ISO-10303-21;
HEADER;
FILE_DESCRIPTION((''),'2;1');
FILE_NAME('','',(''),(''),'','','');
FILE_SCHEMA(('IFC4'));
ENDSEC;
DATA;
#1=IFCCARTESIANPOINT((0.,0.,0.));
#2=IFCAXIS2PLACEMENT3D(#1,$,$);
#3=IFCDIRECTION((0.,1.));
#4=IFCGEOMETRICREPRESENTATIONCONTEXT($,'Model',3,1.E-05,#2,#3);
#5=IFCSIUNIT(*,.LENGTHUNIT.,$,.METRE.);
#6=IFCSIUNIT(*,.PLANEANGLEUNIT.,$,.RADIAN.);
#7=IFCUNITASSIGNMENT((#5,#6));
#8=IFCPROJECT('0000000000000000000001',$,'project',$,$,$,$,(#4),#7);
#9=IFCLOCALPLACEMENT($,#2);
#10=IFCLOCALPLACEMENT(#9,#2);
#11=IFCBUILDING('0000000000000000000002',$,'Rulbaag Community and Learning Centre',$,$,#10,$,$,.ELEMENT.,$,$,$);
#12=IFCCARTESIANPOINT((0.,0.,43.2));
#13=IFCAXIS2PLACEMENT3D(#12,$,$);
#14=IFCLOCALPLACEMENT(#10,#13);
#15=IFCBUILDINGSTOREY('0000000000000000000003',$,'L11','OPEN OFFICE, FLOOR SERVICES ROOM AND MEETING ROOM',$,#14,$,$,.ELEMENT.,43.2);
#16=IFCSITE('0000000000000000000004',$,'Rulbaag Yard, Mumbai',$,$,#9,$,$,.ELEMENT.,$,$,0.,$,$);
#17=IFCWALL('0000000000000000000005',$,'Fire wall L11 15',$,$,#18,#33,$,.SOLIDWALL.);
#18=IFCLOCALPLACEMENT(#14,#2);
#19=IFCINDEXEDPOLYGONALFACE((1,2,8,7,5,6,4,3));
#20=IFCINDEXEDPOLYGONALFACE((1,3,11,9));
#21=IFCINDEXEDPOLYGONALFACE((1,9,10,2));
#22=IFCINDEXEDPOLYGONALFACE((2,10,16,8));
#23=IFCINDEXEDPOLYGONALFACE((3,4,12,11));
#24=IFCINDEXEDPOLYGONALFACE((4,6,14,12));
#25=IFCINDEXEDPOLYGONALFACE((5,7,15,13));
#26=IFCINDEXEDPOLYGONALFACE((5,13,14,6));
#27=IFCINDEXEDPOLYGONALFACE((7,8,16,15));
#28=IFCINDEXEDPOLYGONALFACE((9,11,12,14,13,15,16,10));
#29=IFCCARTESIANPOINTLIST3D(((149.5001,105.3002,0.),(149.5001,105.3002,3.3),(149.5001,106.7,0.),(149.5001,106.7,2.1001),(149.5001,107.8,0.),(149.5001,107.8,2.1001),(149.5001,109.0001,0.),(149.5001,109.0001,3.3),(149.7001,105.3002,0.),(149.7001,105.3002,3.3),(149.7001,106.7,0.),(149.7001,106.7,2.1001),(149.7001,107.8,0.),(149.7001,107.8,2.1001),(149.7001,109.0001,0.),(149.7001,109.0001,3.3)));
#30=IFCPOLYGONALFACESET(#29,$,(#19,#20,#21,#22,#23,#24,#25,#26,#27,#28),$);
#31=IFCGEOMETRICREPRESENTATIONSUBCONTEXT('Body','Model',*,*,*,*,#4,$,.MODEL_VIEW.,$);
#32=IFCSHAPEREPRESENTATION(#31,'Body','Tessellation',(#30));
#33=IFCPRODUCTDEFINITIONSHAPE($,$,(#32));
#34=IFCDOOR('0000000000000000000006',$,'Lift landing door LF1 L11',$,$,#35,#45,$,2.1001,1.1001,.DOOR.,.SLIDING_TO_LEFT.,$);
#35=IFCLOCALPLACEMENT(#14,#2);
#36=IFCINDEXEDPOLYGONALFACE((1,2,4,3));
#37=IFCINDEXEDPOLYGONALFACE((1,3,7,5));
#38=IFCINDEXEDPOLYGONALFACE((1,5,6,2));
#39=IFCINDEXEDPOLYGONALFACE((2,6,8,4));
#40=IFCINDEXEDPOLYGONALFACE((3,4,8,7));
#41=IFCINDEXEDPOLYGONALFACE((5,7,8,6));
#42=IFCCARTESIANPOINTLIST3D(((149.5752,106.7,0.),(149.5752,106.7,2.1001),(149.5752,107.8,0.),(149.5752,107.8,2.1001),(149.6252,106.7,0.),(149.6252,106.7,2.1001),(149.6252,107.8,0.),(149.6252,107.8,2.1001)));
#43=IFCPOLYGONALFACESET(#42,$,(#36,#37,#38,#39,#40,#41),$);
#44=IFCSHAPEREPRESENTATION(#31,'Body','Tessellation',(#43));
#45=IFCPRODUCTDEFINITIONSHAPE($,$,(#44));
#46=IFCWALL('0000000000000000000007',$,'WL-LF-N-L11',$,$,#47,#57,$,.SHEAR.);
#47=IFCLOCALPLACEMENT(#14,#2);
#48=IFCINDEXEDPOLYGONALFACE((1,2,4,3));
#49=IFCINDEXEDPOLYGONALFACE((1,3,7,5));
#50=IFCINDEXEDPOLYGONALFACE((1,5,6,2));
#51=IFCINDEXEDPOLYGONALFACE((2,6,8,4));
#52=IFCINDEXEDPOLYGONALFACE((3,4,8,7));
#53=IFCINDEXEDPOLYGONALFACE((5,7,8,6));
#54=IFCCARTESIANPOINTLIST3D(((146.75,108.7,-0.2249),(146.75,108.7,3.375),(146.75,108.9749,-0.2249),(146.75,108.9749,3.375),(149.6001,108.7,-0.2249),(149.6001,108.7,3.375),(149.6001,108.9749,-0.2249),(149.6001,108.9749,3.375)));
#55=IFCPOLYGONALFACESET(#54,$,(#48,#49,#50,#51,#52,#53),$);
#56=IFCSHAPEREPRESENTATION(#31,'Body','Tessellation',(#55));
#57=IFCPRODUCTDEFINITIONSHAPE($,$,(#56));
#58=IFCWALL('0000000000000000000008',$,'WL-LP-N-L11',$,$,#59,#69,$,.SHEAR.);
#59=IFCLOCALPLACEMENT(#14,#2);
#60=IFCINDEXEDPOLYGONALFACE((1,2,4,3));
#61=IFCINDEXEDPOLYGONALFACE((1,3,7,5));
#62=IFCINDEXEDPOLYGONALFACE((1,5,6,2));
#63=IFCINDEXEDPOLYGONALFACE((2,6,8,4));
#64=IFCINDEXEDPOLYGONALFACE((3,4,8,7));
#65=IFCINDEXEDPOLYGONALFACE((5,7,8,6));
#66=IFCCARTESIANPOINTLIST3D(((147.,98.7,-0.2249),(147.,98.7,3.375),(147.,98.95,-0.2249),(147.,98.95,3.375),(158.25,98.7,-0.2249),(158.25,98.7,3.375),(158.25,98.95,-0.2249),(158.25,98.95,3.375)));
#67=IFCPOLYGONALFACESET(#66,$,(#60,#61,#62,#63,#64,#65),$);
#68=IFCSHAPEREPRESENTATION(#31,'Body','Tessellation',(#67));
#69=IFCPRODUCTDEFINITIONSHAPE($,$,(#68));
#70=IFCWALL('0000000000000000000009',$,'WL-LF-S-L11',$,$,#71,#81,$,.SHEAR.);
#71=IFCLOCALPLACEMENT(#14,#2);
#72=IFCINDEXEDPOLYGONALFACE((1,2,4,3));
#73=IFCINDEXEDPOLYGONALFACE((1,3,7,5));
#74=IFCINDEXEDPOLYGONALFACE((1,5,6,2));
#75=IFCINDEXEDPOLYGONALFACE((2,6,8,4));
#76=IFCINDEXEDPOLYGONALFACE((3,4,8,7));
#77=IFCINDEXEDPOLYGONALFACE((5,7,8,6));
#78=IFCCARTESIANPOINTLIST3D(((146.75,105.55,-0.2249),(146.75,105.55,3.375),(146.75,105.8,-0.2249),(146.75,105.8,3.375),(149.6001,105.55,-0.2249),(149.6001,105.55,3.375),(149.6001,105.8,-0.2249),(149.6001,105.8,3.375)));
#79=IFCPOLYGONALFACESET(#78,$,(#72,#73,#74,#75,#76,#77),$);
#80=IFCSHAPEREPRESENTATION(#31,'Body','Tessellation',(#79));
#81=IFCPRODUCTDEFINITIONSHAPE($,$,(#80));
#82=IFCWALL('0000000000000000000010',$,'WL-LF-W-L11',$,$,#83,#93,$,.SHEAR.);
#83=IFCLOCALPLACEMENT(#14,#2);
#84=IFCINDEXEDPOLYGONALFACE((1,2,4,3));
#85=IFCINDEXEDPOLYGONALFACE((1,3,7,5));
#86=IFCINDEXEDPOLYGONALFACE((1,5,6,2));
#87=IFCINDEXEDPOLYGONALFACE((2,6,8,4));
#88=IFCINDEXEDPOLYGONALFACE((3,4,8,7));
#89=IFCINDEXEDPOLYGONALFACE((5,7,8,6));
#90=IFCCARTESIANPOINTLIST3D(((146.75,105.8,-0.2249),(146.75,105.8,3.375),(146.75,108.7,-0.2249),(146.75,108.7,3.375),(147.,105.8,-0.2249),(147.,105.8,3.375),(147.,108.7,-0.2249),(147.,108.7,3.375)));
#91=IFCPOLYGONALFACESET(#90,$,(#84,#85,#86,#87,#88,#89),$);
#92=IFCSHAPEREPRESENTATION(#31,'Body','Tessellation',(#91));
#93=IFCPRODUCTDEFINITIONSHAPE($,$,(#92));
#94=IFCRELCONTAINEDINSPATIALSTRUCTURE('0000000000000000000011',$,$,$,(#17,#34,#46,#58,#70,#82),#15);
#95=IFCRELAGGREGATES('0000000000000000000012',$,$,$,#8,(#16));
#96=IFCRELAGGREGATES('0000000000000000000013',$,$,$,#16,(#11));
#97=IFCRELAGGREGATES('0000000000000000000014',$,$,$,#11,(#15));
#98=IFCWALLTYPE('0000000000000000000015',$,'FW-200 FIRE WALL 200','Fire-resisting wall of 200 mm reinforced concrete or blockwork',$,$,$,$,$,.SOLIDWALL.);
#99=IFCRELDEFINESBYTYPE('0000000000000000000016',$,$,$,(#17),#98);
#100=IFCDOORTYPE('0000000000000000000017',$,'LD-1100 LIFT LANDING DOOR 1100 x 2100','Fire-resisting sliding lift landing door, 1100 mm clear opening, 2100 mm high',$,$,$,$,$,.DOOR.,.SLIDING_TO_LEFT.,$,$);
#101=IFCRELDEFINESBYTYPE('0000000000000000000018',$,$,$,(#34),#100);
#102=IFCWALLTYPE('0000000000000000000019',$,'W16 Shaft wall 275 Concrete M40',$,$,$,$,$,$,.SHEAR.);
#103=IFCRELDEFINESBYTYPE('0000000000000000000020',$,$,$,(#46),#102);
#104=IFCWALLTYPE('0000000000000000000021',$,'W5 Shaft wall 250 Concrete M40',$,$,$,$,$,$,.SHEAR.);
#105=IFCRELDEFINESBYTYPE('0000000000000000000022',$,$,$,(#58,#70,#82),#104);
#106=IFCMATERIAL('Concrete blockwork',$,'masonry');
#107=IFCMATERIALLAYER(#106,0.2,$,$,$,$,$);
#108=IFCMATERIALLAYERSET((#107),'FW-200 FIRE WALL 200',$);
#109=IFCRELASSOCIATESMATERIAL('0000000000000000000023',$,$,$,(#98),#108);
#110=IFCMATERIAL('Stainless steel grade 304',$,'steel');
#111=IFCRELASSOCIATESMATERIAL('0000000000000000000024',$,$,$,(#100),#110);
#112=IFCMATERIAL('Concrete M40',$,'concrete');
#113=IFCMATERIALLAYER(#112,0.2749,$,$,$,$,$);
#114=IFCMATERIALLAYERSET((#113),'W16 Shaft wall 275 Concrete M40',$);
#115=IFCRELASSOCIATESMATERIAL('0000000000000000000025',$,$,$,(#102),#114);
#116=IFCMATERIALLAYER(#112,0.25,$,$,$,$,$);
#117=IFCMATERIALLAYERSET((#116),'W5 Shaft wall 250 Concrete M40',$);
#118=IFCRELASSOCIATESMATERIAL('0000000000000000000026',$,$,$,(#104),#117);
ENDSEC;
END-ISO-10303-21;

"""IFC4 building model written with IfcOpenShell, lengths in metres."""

from ifc_helpers import new_model, si_unit, direction, frame, frame_2d, origin, place, context, subcontext, project, spatial, rectangle, extrude, material, layer, layer_set, type_object, element, fill, save


model = new_model("IFC4")

# Units and contexts
model_context = context("Model", 3, precision=1e-05, world=origin(), true_north=direction((0.0, 1.0)))
body_context = subcontext(model_context, "Body", "Model", "MODEL_VIEW")
ifc_project = project(units=[si_unit("LENGTHUNIT", "METRE"), si_unit("PLANEANGLEUNIT", "RADIAN")], contexts=[model_context])

# Site, building, storey
site_placement = place(None, origin())
site = spatial("IfcSite", under=ifc_project, at=site_placement, Name="Rulbaag Yard, Mumbai", CompositionType="ELEMENT", RefElevation=0.0)
building_placement = place(site_placement, origin())
building = spatial("IfcBuilding", under=site, at=building_placement, Name="Rulbaag Community and Learning Centre", CompositionType="ELEMENT")
storey_placement = place(building_placement, frame((0.0, 0.0, 43.2)))
storey = spatial("IfcBuildingStorey", under=building, at=storey_placement, Name="L11", Description="OPEN OFFICE, FLOOR SERVICES ROOM AND MEETING ROOM", CompositionType="ELEMENT", Elevation=43.2)

# Shared definitions
ifc_material_1 = material(Name="Concrete M40", Category="concrete")

# Shared definitions
ifc_material_2 = material(Name="Concrete blockwork", Category="masonry")
ifc_layer_1 = layer(ifc_material_2, 0.2)
ifc_layer_set_1 = layer_set([ifc_layer_1], Name="FW-200 FIRE WALL 200")
wall_type_1 = type_object("IfcWallType", Name="FW-200 FIRE WALL 200", Description="Fire-resisting wall of 200 mm reinforced concrete or blockwork", PredefinedType="SOLIDWALL", material=ifc_layer_set_1)

# Wall, opening, door
wall_1_placement = place(storey_placement, frame((149.6001, 105.3, 0.0), z_axis=(0.0, 0.0, 1.0), x_axis=(0.0, 1.0, 0.0)))
wall_1 = element("IfcWall", 1, at=wall_1_placement, inside=storey, type_object=wall_type_1, Name="Fire wall L11 15", PredefinedType="SOLIDWALL", context=body_context, shape_type="SweptSolid", body=[
    extrude(rectangle(XDim=3.7, YDim=0.2, at=frame_2d((1.8501, 0.0))), origin(), (0.0, 0.0, 1.0), 3.3),
])
opening_1_placement = place(wall_1_placement, frame((1.3999, 0.0, 0.0)))
opening_1 = element("IfcOpeningElement", 2, at=opening_1_placement, cuts=wall_1, PredefinedType="OPENING", context=body_context, shape_type="SweptSolid", body=[
    extrude(rectangle(XDim=1.1001, YDim=2.1001, at=frame_2d((0.55, 1.05))), frame((0.0, 0.1099, 0.0), z_axis=(0.0, -1.0, 0.0), x_axis=(1.0, 0.0, 0.0)), (0.0, 0.0, 1.0), 0.22),
])
ifc_material_3 = material(Name="Stainless steel grade 304", Category="steel")
door_type_1 = type_object("IfcDoorType", Name="LD-1100 LIFT LANDING DOOR 1100 x 2100", Description="Fire-resisting sliding lift landing door, 1100 mm clear opening, 2100 mm high", OperationType="SLIDING_TO_LEFT", PredefinedType="DOOR", material=ifc_material_3)
door_1_placement = place(opening_1_placement, origin())
door_1 = element("IfcDoor", 3, at=door_1_placement, inside=storey, type_object=door_type_1, Name="Lift landing door LF1 L11", OperationType="SLIDING_TO_LEFT", OverallHeight=2.1001, OverallWidth=1.1001, PredefinedType="DOOR", context=body_context, shape_type="SweptSolid", body=[
    extrude(rectangle(XDim=1.1001, YDim=2.1001, at=frame_2d((0.55, 1.05))), frame((0.0, 0.0249, 0.0), z_axis=(0.0, -1.0, 0.0), x_axis=(1.0, 0.0, 0.0)), (0.0, 0.0, 1.0), 0.05),
])
fill(opening_1, door_1)

# Walls
ifc_layer_2 = layer(ifc_material_1, 0.2749)
ifc_layer_set_2 = layer_set([ifc_layer_2], Name="W16 Shaft wall 275 Concrete M40")
wall_type_2 = type_object("IfcWallType", Name="W16 Shaft wall 275 Concrete M40", PredefinedType="SHEAR", material=ifc_layer_set_2)
wall_2_placement = place(storey_placement, frame((146.75, 108.8374, -0.2249), z_axis=(0.0, 0.0, 1.0), x_axis=(1.0, 0.0, 0.0)))
element("IfcWall", 4, at=wall_2_placement, inside=storey, type_object=wall_type_2, Name="WL-LF-N-L11", PredefinedType="SHEAR", context=body_context, shape_type="SweptSolid", body=[
    extrude(rectangle(XDim=2.8501, YDim=0.2749, at=frame_2d((1.425, 0.0))), origin(), (0.0, 0.0, 1.0), 3.5999),
])
ifc_layer_3 = layer(ifc_material_1, 0.25)
ifc_layer_set_3 = layer_set([ifc_layer_3], Name="W5 Shaft wall 250 Concrete M40")
wall_type_3 = type_object("IfcWallType", Name="W5 Shaft wall 250 Concrete M40", PredefinedType="SHEAR", material=ifc_layer_set_3)
wall_3_placement = place(storey_placement, frame((147.0, 98.825, -0.2249), z_axis=(0.0, 0.0, 1.0), x_axis=(1.0, 0.0, 0.0)))
element("IfcWall", 5, at=wall_3_placement, inside=storey, type_object=wall_type_3, Name="WL-LP-N-L11", PredefinedType="SHEAR", context=body_context, shape_type="SweptSolid", body=[
    extrude(rectangle(XDim=11.25, YDim=0.25, at=frame_2d((5.625, 0.0))), origin(), (0.0, 0.0, 1.0), 3.5999),
])
wall_4_placement = place(storey_placement, frame((146.75, 105.675, -0.2249), z_axis=(0.0, 0.0, 1.0), x_axis=(1.0, 0.0, 0.0)))
element("IfcWall", 6, at=wall_4_placement, inside=storey, type_object=wall_type_3, Name="WL-LF-S-L11", PredefinedType="SHEAR", context=body_context, shape_type="SweptSolid", body=[
    extrude(rectangle(XDim=2.8501, YDim=0.25, at=frame_2d((1.425, 0.0))), origin(), (0.0, 0.0, 1.0), 3.5999),
])
wall_5_placement = place(storey_placement, frame((146.875, 105.8, -0.2249), z_axis=(0.0, 0.0, 1.0), x_axis=(0.0, 1.0, 0.0)))
element("IfcWall", 7, at=wall_5_placement, inside=storey, type_object=wall_type_3, Name="WL-LF-W-L11", PredefinedType="SHEAR", context=body_context, shape_type="SweptSolid", body=[
    extrude(rectangle(XDim=2.8999, YDim=0.25, at=frame_2d((1.45, 0.0))), origin(), (0.0, 0.0, 1.0), 3.5999),
])

save(model, "model.ifc")
